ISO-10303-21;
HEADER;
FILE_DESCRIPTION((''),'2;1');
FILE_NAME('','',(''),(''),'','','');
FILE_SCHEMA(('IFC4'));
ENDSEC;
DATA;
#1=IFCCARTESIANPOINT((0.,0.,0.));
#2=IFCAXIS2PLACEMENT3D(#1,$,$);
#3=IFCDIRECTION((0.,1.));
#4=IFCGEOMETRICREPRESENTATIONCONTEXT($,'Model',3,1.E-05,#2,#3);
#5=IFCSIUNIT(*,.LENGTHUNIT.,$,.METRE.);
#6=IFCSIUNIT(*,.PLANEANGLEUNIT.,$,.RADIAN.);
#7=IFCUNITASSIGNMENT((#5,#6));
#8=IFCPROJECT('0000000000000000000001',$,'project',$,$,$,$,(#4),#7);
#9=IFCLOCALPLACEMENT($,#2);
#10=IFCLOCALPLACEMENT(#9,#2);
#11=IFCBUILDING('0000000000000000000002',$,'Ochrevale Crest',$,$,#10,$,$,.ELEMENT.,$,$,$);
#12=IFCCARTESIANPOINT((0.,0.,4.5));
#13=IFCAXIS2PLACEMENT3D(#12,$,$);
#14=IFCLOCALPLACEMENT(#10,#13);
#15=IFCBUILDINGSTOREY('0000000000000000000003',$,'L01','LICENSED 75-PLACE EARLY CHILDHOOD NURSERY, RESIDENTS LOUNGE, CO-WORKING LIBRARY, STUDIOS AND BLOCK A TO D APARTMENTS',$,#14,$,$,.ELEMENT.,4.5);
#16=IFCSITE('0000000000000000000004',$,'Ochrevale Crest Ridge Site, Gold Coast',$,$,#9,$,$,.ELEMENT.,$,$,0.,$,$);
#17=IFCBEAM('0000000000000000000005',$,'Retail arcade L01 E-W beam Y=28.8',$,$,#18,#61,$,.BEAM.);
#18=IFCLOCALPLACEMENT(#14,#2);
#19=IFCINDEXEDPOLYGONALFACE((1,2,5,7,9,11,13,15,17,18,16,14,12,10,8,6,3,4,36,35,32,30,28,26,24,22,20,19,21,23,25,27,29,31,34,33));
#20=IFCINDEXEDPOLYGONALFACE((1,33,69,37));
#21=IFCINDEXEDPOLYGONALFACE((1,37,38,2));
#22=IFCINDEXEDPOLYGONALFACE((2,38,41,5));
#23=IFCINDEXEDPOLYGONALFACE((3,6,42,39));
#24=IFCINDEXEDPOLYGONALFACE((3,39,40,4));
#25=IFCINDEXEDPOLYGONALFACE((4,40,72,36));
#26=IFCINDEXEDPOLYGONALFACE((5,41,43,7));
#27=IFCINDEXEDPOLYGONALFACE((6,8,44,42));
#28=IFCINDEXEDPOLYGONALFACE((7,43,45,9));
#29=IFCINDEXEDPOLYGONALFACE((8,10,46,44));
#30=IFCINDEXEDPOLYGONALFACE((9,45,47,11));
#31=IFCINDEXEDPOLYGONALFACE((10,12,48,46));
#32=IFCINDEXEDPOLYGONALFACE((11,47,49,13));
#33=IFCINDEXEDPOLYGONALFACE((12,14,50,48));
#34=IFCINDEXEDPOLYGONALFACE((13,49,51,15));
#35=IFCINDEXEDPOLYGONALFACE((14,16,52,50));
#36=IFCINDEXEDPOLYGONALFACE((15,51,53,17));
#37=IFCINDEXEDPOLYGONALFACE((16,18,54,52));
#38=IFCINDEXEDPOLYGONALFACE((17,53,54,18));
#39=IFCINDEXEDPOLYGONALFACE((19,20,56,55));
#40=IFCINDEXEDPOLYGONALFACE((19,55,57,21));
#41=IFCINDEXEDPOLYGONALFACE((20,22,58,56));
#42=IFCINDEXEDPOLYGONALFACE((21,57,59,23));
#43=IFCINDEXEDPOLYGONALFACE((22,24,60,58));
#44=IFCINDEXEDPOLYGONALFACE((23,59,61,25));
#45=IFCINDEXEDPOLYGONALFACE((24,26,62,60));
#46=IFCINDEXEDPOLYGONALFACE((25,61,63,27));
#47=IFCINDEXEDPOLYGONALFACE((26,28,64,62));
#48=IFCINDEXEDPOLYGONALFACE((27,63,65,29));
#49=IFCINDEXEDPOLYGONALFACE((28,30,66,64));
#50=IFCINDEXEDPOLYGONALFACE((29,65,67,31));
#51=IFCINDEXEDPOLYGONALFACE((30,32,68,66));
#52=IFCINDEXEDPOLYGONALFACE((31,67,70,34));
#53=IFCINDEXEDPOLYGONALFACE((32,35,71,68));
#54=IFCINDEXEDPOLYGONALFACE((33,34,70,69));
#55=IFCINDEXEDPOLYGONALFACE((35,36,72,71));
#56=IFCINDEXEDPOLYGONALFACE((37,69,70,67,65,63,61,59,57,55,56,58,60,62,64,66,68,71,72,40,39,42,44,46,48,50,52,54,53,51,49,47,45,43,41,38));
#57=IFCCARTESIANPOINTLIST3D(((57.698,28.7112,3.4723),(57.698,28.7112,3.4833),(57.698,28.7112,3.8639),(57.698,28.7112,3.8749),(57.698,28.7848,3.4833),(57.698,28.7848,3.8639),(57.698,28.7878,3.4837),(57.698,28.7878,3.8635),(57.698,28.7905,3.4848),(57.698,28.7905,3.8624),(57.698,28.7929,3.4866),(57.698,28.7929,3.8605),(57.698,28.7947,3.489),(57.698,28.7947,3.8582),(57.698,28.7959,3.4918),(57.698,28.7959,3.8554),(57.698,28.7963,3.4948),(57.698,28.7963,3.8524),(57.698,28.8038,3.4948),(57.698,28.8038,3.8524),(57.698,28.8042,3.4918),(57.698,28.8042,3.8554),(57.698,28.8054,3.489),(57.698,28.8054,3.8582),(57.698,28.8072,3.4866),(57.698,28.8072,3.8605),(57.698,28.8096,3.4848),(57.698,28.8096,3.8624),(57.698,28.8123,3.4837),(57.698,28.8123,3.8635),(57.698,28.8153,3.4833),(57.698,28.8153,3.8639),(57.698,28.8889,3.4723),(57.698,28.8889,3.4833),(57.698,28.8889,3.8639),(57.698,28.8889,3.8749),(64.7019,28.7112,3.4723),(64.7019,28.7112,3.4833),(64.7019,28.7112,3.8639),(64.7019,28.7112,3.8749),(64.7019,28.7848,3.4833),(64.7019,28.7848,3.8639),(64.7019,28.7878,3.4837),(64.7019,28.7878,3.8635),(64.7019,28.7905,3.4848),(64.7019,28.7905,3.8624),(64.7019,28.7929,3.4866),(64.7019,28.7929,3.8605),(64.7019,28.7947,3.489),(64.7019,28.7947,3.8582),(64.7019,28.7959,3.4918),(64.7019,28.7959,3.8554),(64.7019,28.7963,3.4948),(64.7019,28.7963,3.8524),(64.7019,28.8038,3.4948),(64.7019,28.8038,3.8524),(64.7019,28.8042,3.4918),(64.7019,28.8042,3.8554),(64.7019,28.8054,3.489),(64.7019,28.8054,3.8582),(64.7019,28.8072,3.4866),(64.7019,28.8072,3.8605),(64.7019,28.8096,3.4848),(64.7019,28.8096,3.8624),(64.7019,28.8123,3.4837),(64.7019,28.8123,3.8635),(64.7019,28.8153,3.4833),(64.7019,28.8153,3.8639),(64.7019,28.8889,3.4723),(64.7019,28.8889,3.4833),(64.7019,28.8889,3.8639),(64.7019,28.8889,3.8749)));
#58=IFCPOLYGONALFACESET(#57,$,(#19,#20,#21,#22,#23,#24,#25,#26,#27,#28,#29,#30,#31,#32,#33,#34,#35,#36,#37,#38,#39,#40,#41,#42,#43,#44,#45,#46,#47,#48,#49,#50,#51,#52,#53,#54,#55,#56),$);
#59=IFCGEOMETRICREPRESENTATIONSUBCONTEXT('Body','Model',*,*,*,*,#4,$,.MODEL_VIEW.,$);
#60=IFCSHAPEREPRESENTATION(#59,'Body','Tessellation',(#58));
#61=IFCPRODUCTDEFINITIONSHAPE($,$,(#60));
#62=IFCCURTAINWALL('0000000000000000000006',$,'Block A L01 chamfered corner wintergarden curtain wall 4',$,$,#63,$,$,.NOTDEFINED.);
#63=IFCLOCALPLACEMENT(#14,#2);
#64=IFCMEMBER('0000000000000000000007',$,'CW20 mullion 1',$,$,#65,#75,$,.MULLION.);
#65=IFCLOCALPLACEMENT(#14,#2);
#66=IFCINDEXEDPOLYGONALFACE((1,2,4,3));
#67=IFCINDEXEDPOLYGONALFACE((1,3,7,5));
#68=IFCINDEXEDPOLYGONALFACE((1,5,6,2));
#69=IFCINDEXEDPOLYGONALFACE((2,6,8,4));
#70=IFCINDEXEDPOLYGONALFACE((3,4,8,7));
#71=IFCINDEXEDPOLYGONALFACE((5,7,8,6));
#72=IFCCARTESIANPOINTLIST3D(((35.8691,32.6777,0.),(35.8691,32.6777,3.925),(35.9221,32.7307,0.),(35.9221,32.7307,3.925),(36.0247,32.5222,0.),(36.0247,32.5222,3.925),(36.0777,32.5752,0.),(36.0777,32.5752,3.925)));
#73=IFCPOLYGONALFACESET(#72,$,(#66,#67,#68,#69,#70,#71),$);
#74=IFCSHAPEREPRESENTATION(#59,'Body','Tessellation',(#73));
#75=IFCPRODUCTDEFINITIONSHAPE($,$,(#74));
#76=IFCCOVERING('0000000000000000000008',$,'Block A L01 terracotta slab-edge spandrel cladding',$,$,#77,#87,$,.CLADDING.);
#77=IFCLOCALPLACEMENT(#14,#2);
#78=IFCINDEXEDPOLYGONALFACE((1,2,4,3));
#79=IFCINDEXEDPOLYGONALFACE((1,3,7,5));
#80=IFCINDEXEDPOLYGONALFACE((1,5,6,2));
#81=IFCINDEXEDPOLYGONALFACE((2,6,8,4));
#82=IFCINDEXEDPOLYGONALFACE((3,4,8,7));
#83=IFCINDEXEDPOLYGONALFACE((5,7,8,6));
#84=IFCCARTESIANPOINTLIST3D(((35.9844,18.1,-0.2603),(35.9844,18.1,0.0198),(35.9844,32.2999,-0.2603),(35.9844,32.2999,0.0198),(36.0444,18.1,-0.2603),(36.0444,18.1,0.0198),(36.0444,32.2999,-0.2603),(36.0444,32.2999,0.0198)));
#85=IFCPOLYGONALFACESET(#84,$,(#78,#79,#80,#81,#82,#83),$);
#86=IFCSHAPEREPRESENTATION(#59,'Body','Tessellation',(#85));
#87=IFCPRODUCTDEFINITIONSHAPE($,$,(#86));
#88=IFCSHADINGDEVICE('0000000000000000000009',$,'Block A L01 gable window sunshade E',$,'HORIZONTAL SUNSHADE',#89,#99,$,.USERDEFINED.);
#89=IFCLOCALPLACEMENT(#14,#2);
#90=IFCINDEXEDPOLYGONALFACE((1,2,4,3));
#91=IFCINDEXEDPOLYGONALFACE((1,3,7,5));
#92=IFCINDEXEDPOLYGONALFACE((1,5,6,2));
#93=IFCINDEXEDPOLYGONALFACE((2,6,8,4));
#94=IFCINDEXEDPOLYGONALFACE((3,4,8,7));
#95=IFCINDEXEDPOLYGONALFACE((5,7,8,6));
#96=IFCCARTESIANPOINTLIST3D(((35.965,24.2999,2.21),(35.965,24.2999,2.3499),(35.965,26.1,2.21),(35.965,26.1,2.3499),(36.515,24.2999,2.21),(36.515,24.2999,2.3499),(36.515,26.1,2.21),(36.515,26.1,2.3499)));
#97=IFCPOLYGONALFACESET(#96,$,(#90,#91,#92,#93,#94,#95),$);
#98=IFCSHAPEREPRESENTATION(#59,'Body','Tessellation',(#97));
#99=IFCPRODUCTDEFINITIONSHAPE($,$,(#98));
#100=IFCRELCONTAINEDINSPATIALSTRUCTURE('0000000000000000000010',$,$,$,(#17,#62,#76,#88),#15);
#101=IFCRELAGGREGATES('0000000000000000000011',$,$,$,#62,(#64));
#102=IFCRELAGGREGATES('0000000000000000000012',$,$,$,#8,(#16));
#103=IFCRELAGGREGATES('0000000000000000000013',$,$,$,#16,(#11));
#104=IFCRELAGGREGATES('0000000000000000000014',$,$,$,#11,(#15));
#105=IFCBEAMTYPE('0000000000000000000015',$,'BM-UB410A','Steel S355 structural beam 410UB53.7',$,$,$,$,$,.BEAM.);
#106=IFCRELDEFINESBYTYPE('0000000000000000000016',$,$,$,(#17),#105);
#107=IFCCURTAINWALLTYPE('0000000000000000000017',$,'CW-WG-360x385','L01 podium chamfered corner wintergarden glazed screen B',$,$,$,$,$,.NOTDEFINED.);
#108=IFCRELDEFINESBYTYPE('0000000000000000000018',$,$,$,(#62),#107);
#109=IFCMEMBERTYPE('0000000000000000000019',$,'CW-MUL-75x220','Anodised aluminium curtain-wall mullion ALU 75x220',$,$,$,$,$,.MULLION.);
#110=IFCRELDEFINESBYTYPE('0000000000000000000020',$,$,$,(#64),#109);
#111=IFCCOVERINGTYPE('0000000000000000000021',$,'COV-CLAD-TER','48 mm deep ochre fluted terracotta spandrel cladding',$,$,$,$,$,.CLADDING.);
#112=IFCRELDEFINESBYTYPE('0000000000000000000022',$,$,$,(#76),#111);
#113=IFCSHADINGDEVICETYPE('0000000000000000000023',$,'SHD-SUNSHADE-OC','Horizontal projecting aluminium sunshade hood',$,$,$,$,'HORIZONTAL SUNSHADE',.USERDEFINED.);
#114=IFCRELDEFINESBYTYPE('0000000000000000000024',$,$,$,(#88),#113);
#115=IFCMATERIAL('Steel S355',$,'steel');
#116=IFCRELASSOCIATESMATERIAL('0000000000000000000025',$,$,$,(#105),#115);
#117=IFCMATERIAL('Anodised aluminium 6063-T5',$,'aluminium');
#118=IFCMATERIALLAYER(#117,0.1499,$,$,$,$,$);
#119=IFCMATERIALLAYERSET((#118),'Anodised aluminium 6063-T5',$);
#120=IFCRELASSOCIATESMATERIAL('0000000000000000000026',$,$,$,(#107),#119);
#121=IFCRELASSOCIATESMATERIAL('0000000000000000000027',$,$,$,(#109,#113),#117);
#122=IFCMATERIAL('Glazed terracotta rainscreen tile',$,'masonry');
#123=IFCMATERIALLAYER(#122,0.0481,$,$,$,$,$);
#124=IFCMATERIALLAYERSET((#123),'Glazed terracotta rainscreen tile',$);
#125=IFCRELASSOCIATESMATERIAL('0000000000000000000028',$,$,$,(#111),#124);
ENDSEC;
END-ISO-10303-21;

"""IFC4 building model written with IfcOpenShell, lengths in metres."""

from ifc_helpers import new_model, si_unit, direction, frame, origin, origin_2d, place, context, subcontext, project, spatial, rectangle, i_section, extrude, material, layer, layer_set, material_profile, profile_set, type_object, element, aggregate, save


model = new_model("IFC4")

# Units and contexts
model_context = context("Model", 3, precision=1e-05, world=origin(), true_north=direction((0.0, 1.0)))
body_context = subcontext(model_context, "Body", "Model", "MODEL_VIEW")
ifc_project = project(units=[si_unit("LENGTHUNIT", "METRE"), si_unit("PLANEANGLEUNIT", "RADIAN")], contexts=[model_context])

# Site, building, storey
site_placement = place(None, origin())
site = spatial("IfcSite", under=ifc_project, at=site_placement, Name="Ochrevale Crest Ridge Site, Gold Coast", CompositionType="ELEMENT", RefElevation=0.0)
building_placement = place(site_placement, origin())
building = spatial("IfcBuilding", under=site, at=building_placement, Name="Ochrevale Crest", CompositionType="ELEMENT")
storey_placement = place(building_placement, frame((0.0, 0.0, 4.5)))
storey = spatial("IfcBuildingStorey", under=building, at=storey_placement, Name="L01", Description="LICENSED 75-PLACE EARLY CHILDHOOD NURSERY, RESIDENTS LOUNGE, CO-WORKING LIBRARY, STUDIOS AND BLOCK A TO D APARTMENTS", CompositionType="ELEMENT", Elevation=4.5)

# Shared definitions
ifc_material_1 = material(Name="Steel S355", Category="steel")

# Beam
ifc_material_profile_1 = material_profile(ifc_material_1, i_section(OverallWidth=0.1777, OverallDepth=0.4026, WebThickness=0.0076, FlangeThickness=0.011, FilletRadius=0.0115, at=origin_2d()), Name="410UB53.7")
ifc_profile_set_1 = profile_set([ifc_material_profile_1], Name="Steel S355")
beam_type_1 = type_object("IfcBeamType", Name="BM-UB410A", Description="Steel S355 structural beam 410UB53.7", PredefinedType="BEAM", material=ifc_profile_set_1)
for number, where, z_axis, x_axis, name in (
    (1, (57.698, 28.8, 3.6736), (1.0, 0.0, 0.0), (0.0, 1.0, 0.0), "Retail arcade L01 E-W beam Y=28.8"),
):
    element("IfcBeam", number, at=place(storey_placement, frame(where, z_axis=z_axis, x_axis=x_axis)), inside=storey, type_object=beam_type_1, Name=name, PredefinedType="BEAM", context=body_context, shape_type="SweptSolid", body=[
        extrude(i_section(OverallWidth=0.1777, OverallDepth=0.4026, WebThickness=0.0076, FlangeThickness=0.011, FilletRadius=0.0115, at=origin_2d()), origin(), (0.0, 0.0, 1.0), 7.0039),
    ])

# Curtain wall, member
ifc_material_2 = material(Name="Anodised aluminium 6063-T5", Category="aluminium")
ifc_layer_1 = layer(ifc_material_2, 0.1499)
ifc_layer_set_1 = layer_set([ifc_layer_1], Name="Anodised aluminium 6063-T5")
curtain_wall_type = type_object("IfcCurtainWallType", Name="CW-WG-360x385", Description="L01 podium chamfered corner wintergarden glazed screen B", PredefinedType="NOTDEFINED", material=ifc_layer_set_1)
curtain_wall_placement = place(storey_placement, origin())
curtain_wall = element("IfcCurtainWall", 2, at=curtain_wall_placement, inside=storey, type_object=curtain_wall_type, Name="Block A L01 chamfered corner wintergarden curtain wall 4", PredefinedType="NOTDEFINED")
ifc_material_profile_2 = material_profile(ifc_material_2, rectangle(XDim=0.075, YDim=0.22, at=origin_2d()), Name="ALU 75x220")
ifc_profile_set_2 = profile_set([ifc_material_profile_2], Name="Anodised aluminium 6063-T5")
member_type = type_object("IfcMemberType", Name="CW-MUL-75x220", Description="Anodised aluminium curtain-wall mullion ALU 75x220", PredefinedType="MULLION", material=ifc_profile_set_2)
member_placement = place(storey_placement, frame((35.9734, 32.6265, 0.0), z_axis=(0.0, 0.0, 1.0), x_axis=(-0.707107, -0.707107, 0.0)))
member = element("IfcMember", 3, at=member_placement, type_object=member_type, Name="CW20 mullion 1", PredefinedType="MULLION", context=body_context, shape_type="SweptSolid", body=[
    extrude(rectangle(XDim=0.075, YDim=0.22, at=origin_2d()), origin(), (0.0, 0.0, 1.0), 3.925),
])
aggregate(curtain_wall, [member])

# Covering
ifc_material_3 = material(Name="Glazed terracotta rainscreen tile", Category="masonry")
ifc_layer_2 = layer(ifc_material_3, 0.0481)
ifc_layer_set_2 = layer_set([ifc_layer_2], Name="Glazed terracotta rainscreen tile")
covering_type = type_object("IfcCoveringType", Name="COV-CLAD-TER", Description="48 mm deep ochre fluted terracotta spandrel cladding", PredefinedType="CLADDING", material=ifc_layer_set_2)
covering_placement = place(storey_placement, frame((36.0144, 25.2, -0.2603), z_axis=(0.0, 0.0, 1.0), x_axis=(0.0, 1.0, 0.0)))
element("IfcCovering", 4, at=covering_placement, inside=storey, type_object=covering_type, Name="Block A L01 terracotta slab-edge spandrel cladding", PredefinedType="CLADDING", context=body_context, shape_type="SweptSolid", body=[
    extrude(rectangle(XDim=14.2, YDim=0.0601, at=origin_2d()), origin(), (0.0, 0.0, 1.0), 0.28),
])

# Shading device
shading_device_type = type_object("IfcShadingDeviceType", Name="SHD-SUNSHADE-OC", Description="Horizontal projecting aluminium sunshade hood", ElementType="HORIZONTAL SUNSHADE", PredefinedType="USERDEFINED", material=ifc_material_2)
shading_device_placement = place(storey_placement, frame((36.24, 25.2, 2.21), z_axis=(0.0, 0.0, 1.0), x_axis=(1.0, 0.0, 0.0)))
element("IfcShadingDevice", 5, at=shading_device_placement, inside=storey, type_object=shading_device_type, Name="Block A L01 gable window sunshade E", ObjectType="HORIZONTAL SUNSHADE", PredefinedType="USERDEFINED", context=body_context, shape_type="SweptSolid", body=[
    extrude(rectangle(XDim=0.55, YDim=1.8, at=origin_2d()), origin(), (0.0, 0.0, 1.0), 0.1399),
])

save(model, "model.ifc")
